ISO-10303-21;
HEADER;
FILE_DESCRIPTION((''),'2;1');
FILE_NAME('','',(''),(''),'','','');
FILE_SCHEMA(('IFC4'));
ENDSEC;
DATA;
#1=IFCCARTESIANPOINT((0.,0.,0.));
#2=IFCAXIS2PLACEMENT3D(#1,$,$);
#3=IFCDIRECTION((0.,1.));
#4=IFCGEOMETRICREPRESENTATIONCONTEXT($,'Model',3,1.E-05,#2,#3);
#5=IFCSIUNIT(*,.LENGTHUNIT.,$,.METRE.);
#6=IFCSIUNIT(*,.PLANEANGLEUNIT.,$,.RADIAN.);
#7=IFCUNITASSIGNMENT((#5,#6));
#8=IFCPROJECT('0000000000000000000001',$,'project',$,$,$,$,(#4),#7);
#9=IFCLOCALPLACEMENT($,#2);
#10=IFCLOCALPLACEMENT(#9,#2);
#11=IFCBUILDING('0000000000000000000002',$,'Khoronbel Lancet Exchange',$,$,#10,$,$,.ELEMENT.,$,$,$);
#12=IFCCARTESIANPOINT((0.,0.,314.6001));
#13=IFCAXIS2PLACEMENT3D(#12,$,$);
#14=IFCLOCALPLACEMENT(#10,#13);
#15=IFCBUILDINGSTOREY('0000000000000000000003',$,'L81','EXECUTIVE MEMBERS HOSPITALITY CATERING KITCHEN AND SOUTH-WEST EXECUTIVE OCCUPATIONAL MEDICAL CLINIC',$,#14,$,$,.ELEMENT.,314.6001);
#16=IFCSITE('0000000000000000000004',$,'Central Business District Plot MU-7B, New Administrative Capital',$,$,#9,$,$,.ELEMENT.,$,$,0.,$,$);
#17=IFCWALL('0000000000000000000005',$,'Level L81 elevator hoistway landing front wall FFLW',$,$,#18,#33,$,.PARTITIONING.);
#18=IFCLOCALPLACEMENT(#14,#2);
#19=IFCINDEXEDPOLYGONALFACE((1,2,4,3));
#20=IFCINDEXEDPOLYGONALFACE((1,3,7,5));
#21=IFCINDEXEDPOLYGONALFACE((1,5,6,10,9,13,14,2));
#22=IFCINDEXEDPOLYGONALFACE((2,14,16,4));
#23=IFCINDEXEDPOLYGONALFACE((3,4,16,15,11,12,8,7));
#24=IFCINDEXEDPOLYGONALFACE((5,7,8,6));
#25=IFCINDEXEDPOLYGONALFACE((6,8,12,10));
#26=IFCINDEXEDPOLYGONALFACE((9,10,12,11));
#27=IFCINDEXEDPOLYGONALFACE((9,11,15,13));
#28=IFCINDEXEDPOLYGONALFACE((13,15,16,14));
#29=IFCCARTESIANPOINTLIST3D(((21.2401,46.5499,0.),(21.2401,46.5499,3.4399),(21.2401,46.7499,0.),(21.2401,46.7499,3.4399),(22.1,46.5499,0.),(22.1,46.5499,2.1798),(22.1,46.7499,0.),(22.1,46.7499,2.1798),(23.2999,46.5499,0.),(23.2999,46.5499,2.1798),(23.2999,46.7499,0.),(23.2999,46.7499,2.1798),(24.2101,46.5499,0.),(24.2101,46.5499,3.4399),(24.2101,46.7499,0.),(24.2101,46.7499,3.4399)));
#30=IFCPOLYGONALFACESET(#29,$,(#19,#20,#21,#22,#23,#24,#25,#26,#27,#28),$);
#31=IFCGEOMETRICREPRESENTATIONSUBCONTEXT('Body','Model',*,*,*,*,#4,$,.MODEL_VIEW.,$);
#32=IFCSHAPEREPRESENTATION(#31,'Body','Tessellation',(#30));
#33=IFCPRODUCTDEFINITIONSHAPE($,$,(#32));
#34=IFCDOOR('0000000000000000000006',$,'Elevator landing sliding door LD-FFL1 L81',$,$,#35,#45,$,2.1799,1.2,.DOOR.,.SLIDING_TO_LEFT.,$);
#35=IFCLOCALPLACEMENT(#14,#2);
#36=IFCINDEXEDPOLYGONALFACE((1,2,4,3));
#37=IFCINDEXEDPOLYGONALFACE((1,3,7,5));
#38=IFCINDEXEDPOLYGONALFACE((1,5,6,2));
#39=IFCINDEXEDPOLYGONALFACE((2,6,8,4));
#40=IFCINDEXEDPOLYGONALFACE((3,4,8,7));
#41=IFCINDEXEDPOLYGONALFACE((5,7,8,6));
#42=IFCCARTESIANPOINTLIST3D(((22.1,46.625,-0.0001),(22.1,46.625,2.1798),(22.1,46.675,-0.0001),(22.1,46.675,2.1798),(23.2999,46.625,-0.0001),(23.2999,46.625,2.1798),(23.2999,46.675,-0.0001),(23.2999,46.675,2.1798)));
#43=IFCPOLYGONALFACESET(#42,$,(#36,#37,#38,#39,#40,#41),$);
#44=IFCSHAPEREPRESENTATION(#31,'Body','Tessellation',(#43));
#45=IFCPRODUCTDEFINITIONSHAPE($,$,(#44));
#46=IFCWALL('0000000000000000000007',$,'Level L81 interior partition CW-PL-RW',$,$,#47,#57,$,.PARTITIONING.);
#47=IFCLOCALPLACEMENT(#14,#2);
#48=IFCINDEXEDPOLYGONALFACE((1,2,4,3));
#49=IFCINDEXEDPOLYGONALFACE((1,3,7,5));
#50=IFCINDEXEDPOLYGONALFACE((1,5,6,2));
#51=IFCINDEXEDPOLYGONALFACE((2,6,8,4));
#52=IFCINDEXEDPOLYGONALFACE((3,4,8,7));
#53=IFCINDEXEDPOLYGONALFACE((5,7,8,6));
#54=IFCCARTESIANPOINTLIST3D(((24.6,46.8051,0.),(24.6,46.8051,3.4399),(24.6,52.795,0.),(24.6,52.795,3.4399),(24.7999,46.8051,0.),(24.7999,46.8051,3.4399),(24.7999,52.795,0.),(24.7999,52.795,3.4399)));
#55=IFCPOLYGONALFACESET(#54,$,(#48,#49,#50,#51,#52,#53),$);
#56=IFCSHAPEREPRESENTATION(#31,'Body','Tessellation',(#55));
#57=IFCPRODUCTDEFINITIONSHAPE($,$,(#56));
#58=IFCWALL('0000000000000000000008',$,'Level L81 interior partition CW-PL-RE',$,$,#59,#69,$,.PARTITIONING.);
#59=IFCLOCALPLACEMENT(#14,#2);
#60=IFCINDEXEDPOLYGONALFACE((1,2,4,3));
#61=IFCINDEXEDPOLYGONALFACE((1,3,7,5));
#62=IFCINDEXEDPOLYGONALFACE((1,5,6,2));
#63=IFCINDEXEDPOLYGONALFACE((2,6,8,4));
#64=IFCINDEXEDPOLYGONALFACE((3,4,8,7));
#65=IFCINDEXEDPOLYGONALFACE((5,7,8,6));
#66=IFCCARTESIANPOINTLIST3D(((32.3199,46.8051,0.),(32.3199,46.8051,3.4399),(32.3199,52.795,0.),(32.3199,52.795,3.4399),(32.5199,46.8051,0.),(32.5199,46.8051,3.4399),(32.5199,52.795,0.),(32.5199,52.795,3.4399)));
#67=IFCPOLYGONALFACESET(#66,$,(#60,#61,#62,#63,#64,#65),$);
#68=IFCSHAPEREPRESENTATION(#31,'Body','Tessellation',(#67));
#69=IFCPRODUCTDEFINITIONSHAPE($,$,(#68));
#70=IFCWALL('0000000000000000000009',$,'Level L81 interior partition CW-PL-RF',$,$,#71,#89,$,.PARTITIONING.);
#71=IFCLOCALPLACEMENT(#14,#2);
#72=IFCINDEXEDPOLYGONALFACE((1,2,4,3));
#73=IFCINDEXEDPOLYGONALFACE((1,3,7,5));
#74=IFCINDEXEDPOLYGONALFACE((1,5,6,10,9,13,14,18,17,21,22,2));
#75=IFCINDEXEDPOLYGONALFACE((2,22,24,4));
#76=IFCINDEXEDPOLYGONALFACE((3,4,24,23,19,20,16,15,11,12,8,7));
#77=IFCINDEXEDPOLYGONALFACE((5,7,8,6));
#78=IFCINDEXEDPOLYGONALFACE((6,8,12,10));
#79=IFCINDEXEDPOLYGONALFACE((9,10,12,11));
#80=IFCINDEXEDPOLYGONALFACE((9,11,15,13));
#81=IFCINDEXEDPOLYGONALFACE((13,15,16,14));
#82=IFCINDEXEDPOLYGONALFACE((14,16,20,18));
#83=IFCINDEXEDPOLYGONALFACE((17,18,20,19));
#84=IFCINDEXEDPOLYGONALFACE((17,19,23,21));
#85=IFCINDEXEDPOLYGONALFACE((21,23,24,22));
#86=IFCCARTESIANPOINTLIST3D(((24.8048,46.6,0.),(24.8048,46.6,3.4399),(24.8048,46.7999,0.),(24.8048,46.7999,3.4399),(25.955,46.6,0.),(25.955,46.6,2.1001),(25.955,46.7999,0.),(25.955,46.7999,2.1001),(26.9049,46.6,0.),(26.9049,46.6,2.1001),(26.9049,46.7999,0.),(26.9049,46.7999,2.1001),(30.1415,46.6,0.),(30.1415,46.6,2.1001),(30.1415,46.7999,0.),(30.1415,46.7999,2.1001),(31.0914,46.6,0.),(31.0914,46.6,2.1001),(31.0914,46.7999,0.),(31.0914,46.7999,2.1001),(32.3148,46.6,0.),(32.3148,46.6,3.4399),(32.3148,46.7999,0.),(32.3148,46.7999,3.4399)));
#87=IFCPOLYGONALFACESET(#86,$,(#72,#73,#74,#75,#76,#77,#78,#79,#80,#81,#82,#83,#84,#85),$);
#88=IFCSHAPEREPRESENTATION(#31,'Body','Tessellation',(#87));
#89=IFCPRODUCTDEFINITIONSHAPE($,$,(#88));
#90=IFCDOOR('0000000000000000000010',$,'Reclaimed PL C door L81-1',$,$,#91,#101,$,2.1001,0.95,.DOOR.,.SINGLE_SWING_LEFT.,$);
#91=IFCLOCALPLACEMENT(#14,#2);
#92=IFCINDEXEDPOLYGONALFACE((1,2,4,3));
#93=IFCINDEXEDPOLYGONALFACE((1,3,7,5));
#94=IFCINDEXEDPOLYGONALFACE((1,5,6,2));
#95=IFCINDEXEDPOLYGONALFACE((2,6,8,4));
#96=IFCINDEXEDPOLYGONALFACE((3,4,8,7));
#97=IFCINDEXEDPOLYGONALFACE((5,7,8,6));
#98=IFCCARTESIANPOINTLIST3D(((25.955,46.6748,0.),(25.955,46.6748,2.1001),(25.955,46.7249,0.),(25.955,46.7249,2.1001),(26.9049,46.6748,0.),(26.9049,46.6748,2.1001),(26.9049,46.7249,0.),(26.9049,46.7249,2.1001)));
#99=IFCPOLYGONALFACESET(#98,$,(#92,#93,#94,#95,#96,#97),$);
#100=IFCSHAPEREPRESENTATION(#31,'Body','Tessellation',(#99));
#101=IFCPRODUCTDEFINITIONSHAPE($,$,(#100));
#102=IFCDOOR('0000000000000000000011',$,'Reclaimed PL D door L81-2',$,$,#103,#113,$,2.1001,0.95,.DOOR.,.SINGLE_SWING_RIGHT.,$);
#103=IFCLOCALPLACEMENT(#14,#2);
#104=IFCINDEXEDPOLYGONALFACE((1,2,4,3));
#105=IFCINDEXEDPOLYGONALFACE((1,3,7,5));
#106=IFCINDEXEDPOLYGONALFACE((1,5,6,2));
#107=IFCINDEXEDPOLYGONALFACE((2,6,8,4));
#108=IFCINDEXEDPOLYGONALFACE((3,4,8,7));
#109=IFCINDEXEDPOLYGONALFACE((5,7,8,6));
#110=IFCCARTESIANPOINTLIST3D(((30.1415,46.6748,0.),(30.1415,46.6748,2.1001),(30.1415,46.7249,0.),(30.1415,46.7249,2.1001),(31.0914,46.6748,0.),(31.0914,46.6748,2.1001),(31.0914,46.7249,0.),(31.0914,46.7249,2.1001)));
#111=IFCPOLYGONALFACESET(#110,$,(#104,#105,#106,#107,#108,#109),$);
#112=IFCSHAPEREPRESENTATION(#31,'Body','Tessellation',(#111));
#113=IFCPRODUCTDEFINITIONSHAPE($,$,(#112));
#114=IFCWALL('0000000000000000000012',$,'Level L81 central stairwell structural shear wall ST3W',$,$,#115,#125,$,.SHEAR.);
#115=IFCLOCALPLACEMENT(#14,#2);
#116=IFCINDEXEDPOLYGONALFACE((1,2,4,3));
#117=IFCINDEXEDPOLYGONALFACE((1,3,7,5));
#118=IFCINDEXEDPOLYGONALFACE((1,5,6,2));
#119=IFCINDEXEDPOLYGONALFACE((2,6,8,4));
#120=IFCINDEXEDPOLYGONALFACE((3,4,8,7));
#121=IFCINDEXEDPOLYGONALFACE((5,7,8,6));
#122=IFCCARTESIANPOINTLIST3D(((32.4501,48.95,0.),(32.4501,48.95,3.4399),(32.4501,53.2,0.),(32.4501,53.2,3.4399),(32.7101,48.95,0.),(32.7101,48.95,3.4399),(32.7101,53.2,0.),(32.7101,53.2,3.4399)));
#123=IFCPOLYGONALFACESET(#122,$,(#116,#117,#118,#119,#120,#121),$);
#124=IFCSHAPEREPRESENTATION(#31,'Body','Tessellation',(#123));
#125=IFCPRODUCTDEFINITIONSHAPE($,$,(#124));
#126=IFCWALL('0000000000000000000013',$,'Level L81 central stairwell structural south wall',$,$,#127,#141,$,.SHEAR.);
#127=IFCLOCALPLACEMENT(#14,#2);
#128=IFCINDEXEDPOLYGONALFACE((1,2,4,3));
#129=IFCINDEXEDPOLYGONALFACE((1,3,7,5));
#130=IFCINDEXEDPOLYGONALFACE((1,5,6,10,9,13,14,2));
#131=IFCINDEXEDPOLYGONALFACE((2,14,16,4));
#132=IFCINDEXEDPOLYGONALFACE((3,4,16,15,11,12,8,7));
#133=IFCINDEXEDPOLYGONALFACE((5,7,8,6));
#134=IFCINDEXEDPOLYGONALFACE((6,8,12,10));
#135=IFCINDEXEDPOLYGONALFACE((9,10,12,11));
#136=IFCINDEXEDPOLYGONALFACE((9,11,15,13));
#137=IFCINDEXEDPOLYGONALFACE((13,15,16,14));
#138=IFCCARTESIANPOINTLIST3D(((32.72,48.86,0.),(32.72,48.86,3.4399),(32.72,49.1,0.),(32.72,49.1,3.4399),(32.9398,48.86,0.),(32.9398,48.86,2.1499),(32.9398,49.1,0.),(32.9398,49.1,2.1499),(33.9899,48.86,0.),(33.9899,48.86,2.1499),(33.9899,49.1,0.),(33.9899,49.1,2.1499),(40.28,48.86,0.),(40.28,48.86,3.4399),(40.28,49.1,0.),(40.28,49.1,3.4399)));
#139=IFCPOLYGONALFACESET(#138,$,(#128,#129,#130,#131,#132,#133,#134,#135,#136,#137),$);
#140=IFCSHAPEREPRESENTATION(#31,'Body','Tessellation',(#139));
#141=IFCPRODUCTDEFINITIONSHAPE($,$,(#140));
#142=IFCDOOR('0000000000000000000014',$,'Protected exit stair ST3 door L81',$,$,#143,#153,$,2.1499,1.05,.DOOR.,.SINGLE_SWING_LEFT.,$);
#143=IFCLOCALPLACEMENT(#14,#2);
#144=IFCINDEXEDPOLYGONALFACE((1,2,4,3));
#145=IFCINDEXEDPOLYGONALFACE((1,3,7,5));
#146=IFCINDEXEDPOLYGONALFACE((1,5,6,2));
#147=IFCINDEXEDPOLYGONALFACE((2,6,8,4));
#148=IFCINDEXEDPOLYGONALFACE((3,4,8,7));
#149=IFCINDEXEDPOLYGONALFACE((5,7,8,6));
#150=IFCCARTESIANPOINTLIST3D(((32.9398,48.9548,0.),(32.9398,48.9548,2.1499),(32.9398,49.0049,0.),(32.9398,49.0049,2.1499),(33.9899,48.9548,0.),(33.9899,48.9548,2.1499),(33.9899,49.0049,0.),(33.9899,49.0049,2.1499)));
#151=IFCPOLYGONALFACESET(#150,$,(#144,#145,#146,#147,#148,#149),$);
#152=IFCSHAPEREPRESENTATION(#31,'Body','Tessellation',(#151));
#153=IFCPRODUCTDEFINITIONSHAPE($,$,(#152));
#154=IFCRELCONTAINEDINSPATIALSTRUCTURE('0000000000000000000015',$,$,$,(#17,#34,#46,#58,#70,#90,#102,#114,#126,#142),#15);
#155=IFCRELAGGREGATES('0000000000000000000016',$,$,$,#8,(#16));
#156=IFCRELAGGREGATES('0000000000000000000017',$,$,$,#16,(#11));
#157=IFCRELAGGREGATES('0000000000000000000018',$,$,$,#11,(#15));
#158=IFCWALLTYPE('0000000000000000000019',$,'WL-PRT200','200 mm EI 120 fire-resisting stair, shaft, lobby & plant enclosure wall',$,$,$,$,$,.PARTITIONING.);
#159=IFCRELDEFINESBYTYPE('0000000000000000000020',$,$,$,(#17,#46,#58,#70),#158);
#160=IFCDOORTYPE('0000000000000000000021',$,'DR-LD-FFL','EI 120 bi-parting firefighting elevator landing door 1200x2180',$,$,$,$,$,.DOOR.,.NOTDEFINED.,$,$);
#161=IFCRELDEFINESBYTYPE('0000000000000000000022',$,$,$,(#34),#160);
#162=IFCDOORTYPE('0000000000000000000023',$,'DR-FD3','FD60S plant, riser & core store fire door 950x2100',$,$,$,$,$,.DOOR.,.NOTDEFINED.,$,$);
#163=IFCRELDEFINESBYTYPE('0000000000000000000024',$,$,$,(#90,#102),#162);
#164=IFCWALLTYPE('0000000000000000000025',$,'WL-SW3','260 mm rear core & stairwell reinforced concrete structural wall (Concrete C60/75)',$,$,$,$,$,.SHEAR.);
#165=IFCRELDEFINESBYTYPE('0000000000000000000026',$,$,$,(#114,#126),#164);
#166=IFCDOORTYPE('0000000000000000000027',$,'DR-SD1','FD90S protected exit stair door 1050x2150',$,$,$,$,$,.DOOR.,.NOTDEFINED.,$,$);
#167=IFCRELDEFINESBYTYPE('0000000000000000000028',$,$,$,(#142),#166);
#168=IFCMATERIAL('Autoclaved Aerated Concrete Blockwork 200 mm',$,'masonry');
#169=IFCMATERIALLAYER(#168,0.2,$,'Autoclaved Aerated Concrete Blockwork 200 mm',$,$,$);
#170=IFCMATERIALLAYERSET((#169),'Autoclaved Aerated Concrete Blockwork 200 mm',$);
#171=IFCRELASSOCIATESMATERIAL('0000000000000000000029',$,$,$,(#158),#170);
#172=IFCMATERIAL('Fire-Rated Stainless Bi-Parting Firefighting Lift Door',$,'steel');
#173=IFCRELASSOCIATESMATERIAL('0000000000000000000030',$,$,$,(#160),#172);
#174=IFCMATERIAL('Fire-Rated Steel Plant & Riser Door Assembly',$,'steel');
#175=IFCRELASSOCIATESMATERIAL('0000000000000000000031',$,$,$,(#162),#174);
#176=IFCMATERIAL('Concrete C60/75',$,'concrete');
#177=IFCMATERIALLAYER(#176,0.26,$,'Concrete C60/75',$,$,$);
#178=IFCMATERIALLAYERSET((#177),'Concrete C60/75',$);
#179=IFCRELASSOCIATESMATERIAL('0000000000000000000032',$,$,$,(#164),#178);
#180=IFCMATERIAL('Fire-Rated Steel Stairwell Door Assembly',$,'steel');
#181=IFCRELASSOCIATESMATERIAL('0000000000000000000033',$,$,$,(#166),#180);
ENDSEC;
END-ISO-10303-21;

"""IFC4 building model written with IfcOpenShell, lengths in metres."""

from ifc_helpers import new_model, si_unit, direction, frame, frame_2d, origin, place, context, subcontext, project, spatial, rectangle, extrude, material, layer, layer_set, type_object, element, fill, save


model = new_model("IFC4")

# Units and contexts
model_context = context("Model", 3, precision=1e-05, world=origin(), true_north=direction((0.0, 1.0)))
body_context = subcontext(model_context, "Body", "Model", "MODEL_VIEW")
ifc_project = project(units=[si_unit("LENGTHUNIT", "METRE"), si_unit("PLANEANGLEUNIT", "RADIAN")], contexts=[model_context])

# Site, building, storey
site_placement = place(None, origin())
site = spatial("IfcSite", under=ifc_project, at=site_placement, Name="Central Business District Plot MU-7B, New Administrative Capital", CompositionType="ELEMENT", RefElevation=0.0)
building_placement = place(site_placement, origin())
building = spatial("IfcBuilding", under=site, at=building_placement, Name="Khoronbel Lancet Exchange", CompositionType="ELEMENT")
storey_placement = place(building_placement, frame((0.0, 0.0, 314.6001)))
storey = spatial("IfcBuildingStorey", under=building, at=storey_placement, Name="L81", Description="EXECUTIVE MEMBERS HOSPITALITY CATERING KITCHEN AND SOUTH-WEST EXECUTIVE OCCUPATIONAL MEDICAL CLINIC", CompositionType="ELEMENT", Elevation=314.6001)

# Wall, opening, door
ifc_material_1 = material(Name="Autoclaved Aerated Concrete Blockwork 200 mm", Category="masonry")
ifc_layer_1 = layer(ifc_material_1, 0.2, Name="Autoclaved Aerated Concrete Blockwork 200 mm")
ifc_layer_set_1 = layer_set([ifc_layer_1], Name="Autoclaved Aerated Concrete Blockwork 200 mm")
wall_type_1 = type_object("IfcWallType", Name="WL-PRT200", Description="200 mm EI 120 fire-resisting stair, shaft, lobby & plant enclosure wall", PredefinedType="PARTITIONING", material=ifc_layer_set_1)
wall_1_placement = place(storey_placement, frame((24.21, 46.6499, 0.0), z_axis=(0.0, 0.0, 1.0), x_axis=(-1.0, 0.0, 0.0)))
wall_1 = element("IfcWall", 1, at=wall_1_placement, inside=storey, type_object=wall_type_1, Name="Level L81 elevator hoistway landing front wall FFLW", PredefinedType="PARTITIONING", context=body_context, shape_type="SweptSolid", body=[
    extrude(rectangle(XDim=2.97, YDim=0.2, at=frame_2d((1.4849, 0.0))), origin(), (0.0, 0.0, 1.0), 3.4399),
])
opening_1_placement = place(wall_1_placement, frame((0.9099, 0.0, 0.0)))
opening_1 = element("IfcOpeningElement", 2, at=opening_1_placement, cuts=wall_1, PredefinedType="OPENING", context=body_context, shape_type="SweptSolid", body=[
    extrude(rectangle(XDim=1.2, YDim=2.1799, at=frame_2d((0.6001, 1.0898))), frame((0.0, 0.1099, 0.0), z_axis=(0.0, -1.0, 0.0), x_axis=(1.0, 0.0, 0.0)), (0.0, 0.0, 1.0), 0.22),
])
ifc_material_2 = material(Name="Fire-Rated Stainless Bi-Parting Firefighting Lift Door", Category="steel")
door_type_1 = type_object("IfcDoorType", Name="DR-LD-FFL", Description="EI 120 bi-parting firefighting elevator landing door 1200x2180", OperationType="NOTDEFINED", PredefinedType="DOOR", material=ifc_material_2)
door_1_placement = place(opening_1_placement, origin())
door_1 = element("IfcDoor", 3, at=door_1_placement, inside=storey, type_object=door_type_1, Name="Elevator landing sliding door LD-FFL1 L81", OperationType="SLIDING_TO_LEFT", OverallHeight=2.1799, OverallWidth=1.2, PredefinedType="DOOR", context=body_context, shape_type="SweptSolid", body=[
    extrude(rectangle(XDim=1.2, YDim=2.1799, at=frame_2d((0.6001, 1.0898))), frame((0.0, 0.0249, 0.0), z_axis=(0.0, -1.0, 0.0), x_axis=(1.0, 0.0, 0.0)), (0.0, 0.0, 1.0), 0.05),
])
fill(opening_1, door_1)

# Walls
for number, where, z_axis, x_axis, name in (
    (4, (24.7, 46.8049, 0.0), (0.0, 0.0, 1.0), (0.0, 1.0, 0.0), "Level L81 interior partition CW-PL-RW"),
    (5, (32.4199, 46.8049, 0.0), (0.0, 0.0, 1.0), (0.0, 1.0, 0.0), "Level L81 interior partition CW-PL-RE"),
):
    element("IfcWall", number, at=place(storey_placement, frame(where, z_axis=z_axis, x_axis=x_axis)), inside=storey, type_object=wall_type_1, Name=name, PredefinedType="PARTITIONING", context=body_context, shape_type="SweptSolid", body=[
        extrude(rectangle(XDim=5.99, YDim=0.2, at=frame_2d((2.9951, 0.0))), origin(), (0.0, 0.0, 1.0), 3.4399),
    ])

# Wall, openings, doors
wall_2_placement = place(storey_placement, frame((24.8049, 46.7, 0.0), z_axis=(0.0, 0.0, 1.0), x_axis=(1.0, 0.0, 0.0)))
wall_2 = element("IfcWall", 6, at=wall_2_placement, inside=storey, type_object=wall_type_1, Name="Level L81 interior partition CW-PL-RF", PredefinedType="PARTITIONING", context=body_context, shape_type="SweptSolid", body=[
    extrude(rectangle(XDim=7.51, YDim=0.2, at=frame_2d((3.7549, 0.0))), origin(), (0.0, 0.0, 1.0), 3.4399),
])
opening_2_placement = place(wall_2_placement, frame((1.1499, 0.0, 0.0)))
opening_2 = element("IfcOpeningElement", 7, at=opening_2_placement, cuts=wall_2, PredefinedType="OPENING", context=body_context, shape_type="SweptSolid", body=[
    extrude(rectangle(XDim=0.95, YDim=2.1001, at=frame_2d((0.4751, 1.05))), frame((0.0, 0.1099, 0.0), z_axis=(0.0, -1.0, 0.0), x_axis=(1.0, 0.0, 0.0)), (0.0, 0.0, 1.0), 0.22),
])
opening_3_placement = place(wall_2_placement, frame((5.3364, 0.0, 0.0)))
opening_3 = element("IfcOpeningElement", 8, at=opening_3_placement, cuts=wall_2, PredefinedType="OPENING", context=body_context, shape_type="SweptSolid", body=[
    extrude(rectangle(XDim=0.95, YDim=2.1001, at=frame_2d((0.4751, 1.05))), frame((0.0, 0.1099, 0.0), z_axis=(0.0, -1.0, 0.0), x_axis=(1.0, 0.0, 0.0)), (0.0, 0.0, 1.0), 0.22),
])
ifc_material_3 = material(Name="Fire-Rated Steel Plant & Riser Door Assembly", Category="steel")
door_type_2 = type_object("IfcDoorType", Name="DR-FD3", Description="FD60S plant, riser & core store fire door 950x2100", OperationType="NOTDEFINED", PredefinedType="DOOR", material=ifc_material_3)
door_2_placement = place(opening_2_placement, origin())
door_2 = element("IfcDoor", 9, at=door_2_placement, inside=storey, type_object=door_type_2, Name="Reclaimed PL C door L81-1", OperationType="SINGLE_SWING_LEFT", OverallHeight=2.1001, OverallWidth=0.95, PredefinedType="DOOR", context=body_context, shape_type="SweptSolid", body=[
    extrude(rectangle(XDim=0.95, YDim=2.1001, at=frame_2d((0.4751, 1.05))), frame((0.0, 0.0249, 0.0), z_axis=(0.0, -1.0, 0.0), x_axis=(1.0, 0.0, 0.0)), (0.0, 0.0, 1.0), 0.05),
])
fill(opening_2, door_2)
door_3_placement = place(opening_3_placement, origin())
door_3 = element("IfcDoor", 10, at=door_3_placement, inside=storey, type_object=door_type_2, Name="Reclaimed PL D door L81-2", OperationType="SINGLE_SWING_RIGHT", OverallHeight=2.1001, OverallWidth=0.95, PredefinedType="DOOR", context=body_context, shape_type="SweptSolid", body=[
    extrude(rectangle(XDim=0.95, YDim=2.1001, at=frame_2d((0.4751, 1.05))), frame((0.0, 0.0249, 0.0), z_axis=(0.0, -1.0, 0.0), x_axis=(1.0, 0.0, 0.0)), (0.0, 0.0, 1.0), 0.05),
])
fill(opening_3, door_3)

# Wall
ifc_material_4 = material(Name="Concrete C60/75", Category="concrete")
ifc_layer_2 = layer(ifc_material_4, 0.26, Name="Concrete C60/75")
ifc_layer_set_2 = layer_set([ifc_layer_2], Name="Concrete C60/75")
wall_type_2 = type_object("IfcWallType", Name="WL-SW3", Description="260 mm rear core & stairwell reinforced concrete structural wall (Concrete C60/75)", PredefinedType="SHEAR", material=ifc_layer_set_2)
wall_3_placement = place(storey_placement, frame((32.5801, 48.95, 0.0), z_axis=(0.0, 0.0, 1.0), x_axis=(0.0, 1.0, 0.0)))
element("IfcWall", 11, at=wall_3_placement, inside=storey, type_object=wall_type_2, Name="Level L81 central stairwell structural shear wall ST3W", PredefinedType="SHEAR", context=body_context, shape_type="SweptSolid", body=[
    extrude(rectangle(XDim=4.25, YDim=0.26, at=frame_2d((2.125, 0.0))), origin(), (0.0, 0.0, 1.0), 3.4399),
])

# Wall, opening, door
wall_4_placement = place(storey_placement, frame((32.72, 48.98, 0.0), z_axis=(0.0, 0.0, 1.0), x_axis=(1.0, 0.0, 0.0)))
wall_4 = element("IfcWall", 12, at=wall_4_placement, inside=storey, type_object=wall_type_2, Name="Level L81 central stairwell structural south wall", PredefinedType="SHEAR", context=body_context, shape_type="SweptSolid", body=[
    extrude(rectangle(XDim=7.5601, YDim=0.24, at=frame_2d((3.78, 0.0))), origin(), (0.0, 0.0, 1.0), 3.4399),
])
opening_4_placement = place(wall_4_placement, frame((0.22, 0.0, 0.0)))
opening_4 = element("IfcOpeningElement", 13, at=opening_4_placement, cuts=wall_4, PredefinedType="OPENING", context=body_context, shape_type="SweptSolid", body=[
    extrude(rectangle(XDim=1.05, YDim=2.1499, at=frame_2d((0.5249, 1.075))), frame((0.0, 0.1299, 0.0), z_axis=(0.0, -1.0, 0.0), x_axis=(1.0, 0.0, 0.0)), (0.0, 0.0, 1.0), 0.26),
])
ifc_material_5 = material(Name="Fire-Rated Steel Stairwell Door Assembly", Category="steel")
door_type_3 = type_object("IfcDoorType", Name="DR-SD1", Description="FD90S protected exit stair door 1050x2150", OperationType="NOTDEFINED", PredefinedType="DOOR", material=ifc_material_5)
door_4_placement = place(opening_4_placement, origin())
door_4 = element("IfcDoor", 14, at=door_4_placement, inside=storey, type_object=door_type_3, Name="Protected exit stair ST3 door L81", OperationType="SINGLE_SWING_LEFT", OverallHeight=2.1499, OverallWidth=1.05, PredefinedType="DOOR", context=body_context, shape_type="SweptSolid", body=[
    extrude(rectangle(XDim=1.05, YDim=2.1499, at=frame_2d((0.5249, 1.075))), frame((0.0, 0.0249, 0.0), z_axis=(0.0, -1.0, 0.0), x_axis=(1.0, 0.0, 0.0)), (0.0, 0.0, 1.0), 0.05),
])
fill(opening_4, door_4)

save(model, "model.ifc")
